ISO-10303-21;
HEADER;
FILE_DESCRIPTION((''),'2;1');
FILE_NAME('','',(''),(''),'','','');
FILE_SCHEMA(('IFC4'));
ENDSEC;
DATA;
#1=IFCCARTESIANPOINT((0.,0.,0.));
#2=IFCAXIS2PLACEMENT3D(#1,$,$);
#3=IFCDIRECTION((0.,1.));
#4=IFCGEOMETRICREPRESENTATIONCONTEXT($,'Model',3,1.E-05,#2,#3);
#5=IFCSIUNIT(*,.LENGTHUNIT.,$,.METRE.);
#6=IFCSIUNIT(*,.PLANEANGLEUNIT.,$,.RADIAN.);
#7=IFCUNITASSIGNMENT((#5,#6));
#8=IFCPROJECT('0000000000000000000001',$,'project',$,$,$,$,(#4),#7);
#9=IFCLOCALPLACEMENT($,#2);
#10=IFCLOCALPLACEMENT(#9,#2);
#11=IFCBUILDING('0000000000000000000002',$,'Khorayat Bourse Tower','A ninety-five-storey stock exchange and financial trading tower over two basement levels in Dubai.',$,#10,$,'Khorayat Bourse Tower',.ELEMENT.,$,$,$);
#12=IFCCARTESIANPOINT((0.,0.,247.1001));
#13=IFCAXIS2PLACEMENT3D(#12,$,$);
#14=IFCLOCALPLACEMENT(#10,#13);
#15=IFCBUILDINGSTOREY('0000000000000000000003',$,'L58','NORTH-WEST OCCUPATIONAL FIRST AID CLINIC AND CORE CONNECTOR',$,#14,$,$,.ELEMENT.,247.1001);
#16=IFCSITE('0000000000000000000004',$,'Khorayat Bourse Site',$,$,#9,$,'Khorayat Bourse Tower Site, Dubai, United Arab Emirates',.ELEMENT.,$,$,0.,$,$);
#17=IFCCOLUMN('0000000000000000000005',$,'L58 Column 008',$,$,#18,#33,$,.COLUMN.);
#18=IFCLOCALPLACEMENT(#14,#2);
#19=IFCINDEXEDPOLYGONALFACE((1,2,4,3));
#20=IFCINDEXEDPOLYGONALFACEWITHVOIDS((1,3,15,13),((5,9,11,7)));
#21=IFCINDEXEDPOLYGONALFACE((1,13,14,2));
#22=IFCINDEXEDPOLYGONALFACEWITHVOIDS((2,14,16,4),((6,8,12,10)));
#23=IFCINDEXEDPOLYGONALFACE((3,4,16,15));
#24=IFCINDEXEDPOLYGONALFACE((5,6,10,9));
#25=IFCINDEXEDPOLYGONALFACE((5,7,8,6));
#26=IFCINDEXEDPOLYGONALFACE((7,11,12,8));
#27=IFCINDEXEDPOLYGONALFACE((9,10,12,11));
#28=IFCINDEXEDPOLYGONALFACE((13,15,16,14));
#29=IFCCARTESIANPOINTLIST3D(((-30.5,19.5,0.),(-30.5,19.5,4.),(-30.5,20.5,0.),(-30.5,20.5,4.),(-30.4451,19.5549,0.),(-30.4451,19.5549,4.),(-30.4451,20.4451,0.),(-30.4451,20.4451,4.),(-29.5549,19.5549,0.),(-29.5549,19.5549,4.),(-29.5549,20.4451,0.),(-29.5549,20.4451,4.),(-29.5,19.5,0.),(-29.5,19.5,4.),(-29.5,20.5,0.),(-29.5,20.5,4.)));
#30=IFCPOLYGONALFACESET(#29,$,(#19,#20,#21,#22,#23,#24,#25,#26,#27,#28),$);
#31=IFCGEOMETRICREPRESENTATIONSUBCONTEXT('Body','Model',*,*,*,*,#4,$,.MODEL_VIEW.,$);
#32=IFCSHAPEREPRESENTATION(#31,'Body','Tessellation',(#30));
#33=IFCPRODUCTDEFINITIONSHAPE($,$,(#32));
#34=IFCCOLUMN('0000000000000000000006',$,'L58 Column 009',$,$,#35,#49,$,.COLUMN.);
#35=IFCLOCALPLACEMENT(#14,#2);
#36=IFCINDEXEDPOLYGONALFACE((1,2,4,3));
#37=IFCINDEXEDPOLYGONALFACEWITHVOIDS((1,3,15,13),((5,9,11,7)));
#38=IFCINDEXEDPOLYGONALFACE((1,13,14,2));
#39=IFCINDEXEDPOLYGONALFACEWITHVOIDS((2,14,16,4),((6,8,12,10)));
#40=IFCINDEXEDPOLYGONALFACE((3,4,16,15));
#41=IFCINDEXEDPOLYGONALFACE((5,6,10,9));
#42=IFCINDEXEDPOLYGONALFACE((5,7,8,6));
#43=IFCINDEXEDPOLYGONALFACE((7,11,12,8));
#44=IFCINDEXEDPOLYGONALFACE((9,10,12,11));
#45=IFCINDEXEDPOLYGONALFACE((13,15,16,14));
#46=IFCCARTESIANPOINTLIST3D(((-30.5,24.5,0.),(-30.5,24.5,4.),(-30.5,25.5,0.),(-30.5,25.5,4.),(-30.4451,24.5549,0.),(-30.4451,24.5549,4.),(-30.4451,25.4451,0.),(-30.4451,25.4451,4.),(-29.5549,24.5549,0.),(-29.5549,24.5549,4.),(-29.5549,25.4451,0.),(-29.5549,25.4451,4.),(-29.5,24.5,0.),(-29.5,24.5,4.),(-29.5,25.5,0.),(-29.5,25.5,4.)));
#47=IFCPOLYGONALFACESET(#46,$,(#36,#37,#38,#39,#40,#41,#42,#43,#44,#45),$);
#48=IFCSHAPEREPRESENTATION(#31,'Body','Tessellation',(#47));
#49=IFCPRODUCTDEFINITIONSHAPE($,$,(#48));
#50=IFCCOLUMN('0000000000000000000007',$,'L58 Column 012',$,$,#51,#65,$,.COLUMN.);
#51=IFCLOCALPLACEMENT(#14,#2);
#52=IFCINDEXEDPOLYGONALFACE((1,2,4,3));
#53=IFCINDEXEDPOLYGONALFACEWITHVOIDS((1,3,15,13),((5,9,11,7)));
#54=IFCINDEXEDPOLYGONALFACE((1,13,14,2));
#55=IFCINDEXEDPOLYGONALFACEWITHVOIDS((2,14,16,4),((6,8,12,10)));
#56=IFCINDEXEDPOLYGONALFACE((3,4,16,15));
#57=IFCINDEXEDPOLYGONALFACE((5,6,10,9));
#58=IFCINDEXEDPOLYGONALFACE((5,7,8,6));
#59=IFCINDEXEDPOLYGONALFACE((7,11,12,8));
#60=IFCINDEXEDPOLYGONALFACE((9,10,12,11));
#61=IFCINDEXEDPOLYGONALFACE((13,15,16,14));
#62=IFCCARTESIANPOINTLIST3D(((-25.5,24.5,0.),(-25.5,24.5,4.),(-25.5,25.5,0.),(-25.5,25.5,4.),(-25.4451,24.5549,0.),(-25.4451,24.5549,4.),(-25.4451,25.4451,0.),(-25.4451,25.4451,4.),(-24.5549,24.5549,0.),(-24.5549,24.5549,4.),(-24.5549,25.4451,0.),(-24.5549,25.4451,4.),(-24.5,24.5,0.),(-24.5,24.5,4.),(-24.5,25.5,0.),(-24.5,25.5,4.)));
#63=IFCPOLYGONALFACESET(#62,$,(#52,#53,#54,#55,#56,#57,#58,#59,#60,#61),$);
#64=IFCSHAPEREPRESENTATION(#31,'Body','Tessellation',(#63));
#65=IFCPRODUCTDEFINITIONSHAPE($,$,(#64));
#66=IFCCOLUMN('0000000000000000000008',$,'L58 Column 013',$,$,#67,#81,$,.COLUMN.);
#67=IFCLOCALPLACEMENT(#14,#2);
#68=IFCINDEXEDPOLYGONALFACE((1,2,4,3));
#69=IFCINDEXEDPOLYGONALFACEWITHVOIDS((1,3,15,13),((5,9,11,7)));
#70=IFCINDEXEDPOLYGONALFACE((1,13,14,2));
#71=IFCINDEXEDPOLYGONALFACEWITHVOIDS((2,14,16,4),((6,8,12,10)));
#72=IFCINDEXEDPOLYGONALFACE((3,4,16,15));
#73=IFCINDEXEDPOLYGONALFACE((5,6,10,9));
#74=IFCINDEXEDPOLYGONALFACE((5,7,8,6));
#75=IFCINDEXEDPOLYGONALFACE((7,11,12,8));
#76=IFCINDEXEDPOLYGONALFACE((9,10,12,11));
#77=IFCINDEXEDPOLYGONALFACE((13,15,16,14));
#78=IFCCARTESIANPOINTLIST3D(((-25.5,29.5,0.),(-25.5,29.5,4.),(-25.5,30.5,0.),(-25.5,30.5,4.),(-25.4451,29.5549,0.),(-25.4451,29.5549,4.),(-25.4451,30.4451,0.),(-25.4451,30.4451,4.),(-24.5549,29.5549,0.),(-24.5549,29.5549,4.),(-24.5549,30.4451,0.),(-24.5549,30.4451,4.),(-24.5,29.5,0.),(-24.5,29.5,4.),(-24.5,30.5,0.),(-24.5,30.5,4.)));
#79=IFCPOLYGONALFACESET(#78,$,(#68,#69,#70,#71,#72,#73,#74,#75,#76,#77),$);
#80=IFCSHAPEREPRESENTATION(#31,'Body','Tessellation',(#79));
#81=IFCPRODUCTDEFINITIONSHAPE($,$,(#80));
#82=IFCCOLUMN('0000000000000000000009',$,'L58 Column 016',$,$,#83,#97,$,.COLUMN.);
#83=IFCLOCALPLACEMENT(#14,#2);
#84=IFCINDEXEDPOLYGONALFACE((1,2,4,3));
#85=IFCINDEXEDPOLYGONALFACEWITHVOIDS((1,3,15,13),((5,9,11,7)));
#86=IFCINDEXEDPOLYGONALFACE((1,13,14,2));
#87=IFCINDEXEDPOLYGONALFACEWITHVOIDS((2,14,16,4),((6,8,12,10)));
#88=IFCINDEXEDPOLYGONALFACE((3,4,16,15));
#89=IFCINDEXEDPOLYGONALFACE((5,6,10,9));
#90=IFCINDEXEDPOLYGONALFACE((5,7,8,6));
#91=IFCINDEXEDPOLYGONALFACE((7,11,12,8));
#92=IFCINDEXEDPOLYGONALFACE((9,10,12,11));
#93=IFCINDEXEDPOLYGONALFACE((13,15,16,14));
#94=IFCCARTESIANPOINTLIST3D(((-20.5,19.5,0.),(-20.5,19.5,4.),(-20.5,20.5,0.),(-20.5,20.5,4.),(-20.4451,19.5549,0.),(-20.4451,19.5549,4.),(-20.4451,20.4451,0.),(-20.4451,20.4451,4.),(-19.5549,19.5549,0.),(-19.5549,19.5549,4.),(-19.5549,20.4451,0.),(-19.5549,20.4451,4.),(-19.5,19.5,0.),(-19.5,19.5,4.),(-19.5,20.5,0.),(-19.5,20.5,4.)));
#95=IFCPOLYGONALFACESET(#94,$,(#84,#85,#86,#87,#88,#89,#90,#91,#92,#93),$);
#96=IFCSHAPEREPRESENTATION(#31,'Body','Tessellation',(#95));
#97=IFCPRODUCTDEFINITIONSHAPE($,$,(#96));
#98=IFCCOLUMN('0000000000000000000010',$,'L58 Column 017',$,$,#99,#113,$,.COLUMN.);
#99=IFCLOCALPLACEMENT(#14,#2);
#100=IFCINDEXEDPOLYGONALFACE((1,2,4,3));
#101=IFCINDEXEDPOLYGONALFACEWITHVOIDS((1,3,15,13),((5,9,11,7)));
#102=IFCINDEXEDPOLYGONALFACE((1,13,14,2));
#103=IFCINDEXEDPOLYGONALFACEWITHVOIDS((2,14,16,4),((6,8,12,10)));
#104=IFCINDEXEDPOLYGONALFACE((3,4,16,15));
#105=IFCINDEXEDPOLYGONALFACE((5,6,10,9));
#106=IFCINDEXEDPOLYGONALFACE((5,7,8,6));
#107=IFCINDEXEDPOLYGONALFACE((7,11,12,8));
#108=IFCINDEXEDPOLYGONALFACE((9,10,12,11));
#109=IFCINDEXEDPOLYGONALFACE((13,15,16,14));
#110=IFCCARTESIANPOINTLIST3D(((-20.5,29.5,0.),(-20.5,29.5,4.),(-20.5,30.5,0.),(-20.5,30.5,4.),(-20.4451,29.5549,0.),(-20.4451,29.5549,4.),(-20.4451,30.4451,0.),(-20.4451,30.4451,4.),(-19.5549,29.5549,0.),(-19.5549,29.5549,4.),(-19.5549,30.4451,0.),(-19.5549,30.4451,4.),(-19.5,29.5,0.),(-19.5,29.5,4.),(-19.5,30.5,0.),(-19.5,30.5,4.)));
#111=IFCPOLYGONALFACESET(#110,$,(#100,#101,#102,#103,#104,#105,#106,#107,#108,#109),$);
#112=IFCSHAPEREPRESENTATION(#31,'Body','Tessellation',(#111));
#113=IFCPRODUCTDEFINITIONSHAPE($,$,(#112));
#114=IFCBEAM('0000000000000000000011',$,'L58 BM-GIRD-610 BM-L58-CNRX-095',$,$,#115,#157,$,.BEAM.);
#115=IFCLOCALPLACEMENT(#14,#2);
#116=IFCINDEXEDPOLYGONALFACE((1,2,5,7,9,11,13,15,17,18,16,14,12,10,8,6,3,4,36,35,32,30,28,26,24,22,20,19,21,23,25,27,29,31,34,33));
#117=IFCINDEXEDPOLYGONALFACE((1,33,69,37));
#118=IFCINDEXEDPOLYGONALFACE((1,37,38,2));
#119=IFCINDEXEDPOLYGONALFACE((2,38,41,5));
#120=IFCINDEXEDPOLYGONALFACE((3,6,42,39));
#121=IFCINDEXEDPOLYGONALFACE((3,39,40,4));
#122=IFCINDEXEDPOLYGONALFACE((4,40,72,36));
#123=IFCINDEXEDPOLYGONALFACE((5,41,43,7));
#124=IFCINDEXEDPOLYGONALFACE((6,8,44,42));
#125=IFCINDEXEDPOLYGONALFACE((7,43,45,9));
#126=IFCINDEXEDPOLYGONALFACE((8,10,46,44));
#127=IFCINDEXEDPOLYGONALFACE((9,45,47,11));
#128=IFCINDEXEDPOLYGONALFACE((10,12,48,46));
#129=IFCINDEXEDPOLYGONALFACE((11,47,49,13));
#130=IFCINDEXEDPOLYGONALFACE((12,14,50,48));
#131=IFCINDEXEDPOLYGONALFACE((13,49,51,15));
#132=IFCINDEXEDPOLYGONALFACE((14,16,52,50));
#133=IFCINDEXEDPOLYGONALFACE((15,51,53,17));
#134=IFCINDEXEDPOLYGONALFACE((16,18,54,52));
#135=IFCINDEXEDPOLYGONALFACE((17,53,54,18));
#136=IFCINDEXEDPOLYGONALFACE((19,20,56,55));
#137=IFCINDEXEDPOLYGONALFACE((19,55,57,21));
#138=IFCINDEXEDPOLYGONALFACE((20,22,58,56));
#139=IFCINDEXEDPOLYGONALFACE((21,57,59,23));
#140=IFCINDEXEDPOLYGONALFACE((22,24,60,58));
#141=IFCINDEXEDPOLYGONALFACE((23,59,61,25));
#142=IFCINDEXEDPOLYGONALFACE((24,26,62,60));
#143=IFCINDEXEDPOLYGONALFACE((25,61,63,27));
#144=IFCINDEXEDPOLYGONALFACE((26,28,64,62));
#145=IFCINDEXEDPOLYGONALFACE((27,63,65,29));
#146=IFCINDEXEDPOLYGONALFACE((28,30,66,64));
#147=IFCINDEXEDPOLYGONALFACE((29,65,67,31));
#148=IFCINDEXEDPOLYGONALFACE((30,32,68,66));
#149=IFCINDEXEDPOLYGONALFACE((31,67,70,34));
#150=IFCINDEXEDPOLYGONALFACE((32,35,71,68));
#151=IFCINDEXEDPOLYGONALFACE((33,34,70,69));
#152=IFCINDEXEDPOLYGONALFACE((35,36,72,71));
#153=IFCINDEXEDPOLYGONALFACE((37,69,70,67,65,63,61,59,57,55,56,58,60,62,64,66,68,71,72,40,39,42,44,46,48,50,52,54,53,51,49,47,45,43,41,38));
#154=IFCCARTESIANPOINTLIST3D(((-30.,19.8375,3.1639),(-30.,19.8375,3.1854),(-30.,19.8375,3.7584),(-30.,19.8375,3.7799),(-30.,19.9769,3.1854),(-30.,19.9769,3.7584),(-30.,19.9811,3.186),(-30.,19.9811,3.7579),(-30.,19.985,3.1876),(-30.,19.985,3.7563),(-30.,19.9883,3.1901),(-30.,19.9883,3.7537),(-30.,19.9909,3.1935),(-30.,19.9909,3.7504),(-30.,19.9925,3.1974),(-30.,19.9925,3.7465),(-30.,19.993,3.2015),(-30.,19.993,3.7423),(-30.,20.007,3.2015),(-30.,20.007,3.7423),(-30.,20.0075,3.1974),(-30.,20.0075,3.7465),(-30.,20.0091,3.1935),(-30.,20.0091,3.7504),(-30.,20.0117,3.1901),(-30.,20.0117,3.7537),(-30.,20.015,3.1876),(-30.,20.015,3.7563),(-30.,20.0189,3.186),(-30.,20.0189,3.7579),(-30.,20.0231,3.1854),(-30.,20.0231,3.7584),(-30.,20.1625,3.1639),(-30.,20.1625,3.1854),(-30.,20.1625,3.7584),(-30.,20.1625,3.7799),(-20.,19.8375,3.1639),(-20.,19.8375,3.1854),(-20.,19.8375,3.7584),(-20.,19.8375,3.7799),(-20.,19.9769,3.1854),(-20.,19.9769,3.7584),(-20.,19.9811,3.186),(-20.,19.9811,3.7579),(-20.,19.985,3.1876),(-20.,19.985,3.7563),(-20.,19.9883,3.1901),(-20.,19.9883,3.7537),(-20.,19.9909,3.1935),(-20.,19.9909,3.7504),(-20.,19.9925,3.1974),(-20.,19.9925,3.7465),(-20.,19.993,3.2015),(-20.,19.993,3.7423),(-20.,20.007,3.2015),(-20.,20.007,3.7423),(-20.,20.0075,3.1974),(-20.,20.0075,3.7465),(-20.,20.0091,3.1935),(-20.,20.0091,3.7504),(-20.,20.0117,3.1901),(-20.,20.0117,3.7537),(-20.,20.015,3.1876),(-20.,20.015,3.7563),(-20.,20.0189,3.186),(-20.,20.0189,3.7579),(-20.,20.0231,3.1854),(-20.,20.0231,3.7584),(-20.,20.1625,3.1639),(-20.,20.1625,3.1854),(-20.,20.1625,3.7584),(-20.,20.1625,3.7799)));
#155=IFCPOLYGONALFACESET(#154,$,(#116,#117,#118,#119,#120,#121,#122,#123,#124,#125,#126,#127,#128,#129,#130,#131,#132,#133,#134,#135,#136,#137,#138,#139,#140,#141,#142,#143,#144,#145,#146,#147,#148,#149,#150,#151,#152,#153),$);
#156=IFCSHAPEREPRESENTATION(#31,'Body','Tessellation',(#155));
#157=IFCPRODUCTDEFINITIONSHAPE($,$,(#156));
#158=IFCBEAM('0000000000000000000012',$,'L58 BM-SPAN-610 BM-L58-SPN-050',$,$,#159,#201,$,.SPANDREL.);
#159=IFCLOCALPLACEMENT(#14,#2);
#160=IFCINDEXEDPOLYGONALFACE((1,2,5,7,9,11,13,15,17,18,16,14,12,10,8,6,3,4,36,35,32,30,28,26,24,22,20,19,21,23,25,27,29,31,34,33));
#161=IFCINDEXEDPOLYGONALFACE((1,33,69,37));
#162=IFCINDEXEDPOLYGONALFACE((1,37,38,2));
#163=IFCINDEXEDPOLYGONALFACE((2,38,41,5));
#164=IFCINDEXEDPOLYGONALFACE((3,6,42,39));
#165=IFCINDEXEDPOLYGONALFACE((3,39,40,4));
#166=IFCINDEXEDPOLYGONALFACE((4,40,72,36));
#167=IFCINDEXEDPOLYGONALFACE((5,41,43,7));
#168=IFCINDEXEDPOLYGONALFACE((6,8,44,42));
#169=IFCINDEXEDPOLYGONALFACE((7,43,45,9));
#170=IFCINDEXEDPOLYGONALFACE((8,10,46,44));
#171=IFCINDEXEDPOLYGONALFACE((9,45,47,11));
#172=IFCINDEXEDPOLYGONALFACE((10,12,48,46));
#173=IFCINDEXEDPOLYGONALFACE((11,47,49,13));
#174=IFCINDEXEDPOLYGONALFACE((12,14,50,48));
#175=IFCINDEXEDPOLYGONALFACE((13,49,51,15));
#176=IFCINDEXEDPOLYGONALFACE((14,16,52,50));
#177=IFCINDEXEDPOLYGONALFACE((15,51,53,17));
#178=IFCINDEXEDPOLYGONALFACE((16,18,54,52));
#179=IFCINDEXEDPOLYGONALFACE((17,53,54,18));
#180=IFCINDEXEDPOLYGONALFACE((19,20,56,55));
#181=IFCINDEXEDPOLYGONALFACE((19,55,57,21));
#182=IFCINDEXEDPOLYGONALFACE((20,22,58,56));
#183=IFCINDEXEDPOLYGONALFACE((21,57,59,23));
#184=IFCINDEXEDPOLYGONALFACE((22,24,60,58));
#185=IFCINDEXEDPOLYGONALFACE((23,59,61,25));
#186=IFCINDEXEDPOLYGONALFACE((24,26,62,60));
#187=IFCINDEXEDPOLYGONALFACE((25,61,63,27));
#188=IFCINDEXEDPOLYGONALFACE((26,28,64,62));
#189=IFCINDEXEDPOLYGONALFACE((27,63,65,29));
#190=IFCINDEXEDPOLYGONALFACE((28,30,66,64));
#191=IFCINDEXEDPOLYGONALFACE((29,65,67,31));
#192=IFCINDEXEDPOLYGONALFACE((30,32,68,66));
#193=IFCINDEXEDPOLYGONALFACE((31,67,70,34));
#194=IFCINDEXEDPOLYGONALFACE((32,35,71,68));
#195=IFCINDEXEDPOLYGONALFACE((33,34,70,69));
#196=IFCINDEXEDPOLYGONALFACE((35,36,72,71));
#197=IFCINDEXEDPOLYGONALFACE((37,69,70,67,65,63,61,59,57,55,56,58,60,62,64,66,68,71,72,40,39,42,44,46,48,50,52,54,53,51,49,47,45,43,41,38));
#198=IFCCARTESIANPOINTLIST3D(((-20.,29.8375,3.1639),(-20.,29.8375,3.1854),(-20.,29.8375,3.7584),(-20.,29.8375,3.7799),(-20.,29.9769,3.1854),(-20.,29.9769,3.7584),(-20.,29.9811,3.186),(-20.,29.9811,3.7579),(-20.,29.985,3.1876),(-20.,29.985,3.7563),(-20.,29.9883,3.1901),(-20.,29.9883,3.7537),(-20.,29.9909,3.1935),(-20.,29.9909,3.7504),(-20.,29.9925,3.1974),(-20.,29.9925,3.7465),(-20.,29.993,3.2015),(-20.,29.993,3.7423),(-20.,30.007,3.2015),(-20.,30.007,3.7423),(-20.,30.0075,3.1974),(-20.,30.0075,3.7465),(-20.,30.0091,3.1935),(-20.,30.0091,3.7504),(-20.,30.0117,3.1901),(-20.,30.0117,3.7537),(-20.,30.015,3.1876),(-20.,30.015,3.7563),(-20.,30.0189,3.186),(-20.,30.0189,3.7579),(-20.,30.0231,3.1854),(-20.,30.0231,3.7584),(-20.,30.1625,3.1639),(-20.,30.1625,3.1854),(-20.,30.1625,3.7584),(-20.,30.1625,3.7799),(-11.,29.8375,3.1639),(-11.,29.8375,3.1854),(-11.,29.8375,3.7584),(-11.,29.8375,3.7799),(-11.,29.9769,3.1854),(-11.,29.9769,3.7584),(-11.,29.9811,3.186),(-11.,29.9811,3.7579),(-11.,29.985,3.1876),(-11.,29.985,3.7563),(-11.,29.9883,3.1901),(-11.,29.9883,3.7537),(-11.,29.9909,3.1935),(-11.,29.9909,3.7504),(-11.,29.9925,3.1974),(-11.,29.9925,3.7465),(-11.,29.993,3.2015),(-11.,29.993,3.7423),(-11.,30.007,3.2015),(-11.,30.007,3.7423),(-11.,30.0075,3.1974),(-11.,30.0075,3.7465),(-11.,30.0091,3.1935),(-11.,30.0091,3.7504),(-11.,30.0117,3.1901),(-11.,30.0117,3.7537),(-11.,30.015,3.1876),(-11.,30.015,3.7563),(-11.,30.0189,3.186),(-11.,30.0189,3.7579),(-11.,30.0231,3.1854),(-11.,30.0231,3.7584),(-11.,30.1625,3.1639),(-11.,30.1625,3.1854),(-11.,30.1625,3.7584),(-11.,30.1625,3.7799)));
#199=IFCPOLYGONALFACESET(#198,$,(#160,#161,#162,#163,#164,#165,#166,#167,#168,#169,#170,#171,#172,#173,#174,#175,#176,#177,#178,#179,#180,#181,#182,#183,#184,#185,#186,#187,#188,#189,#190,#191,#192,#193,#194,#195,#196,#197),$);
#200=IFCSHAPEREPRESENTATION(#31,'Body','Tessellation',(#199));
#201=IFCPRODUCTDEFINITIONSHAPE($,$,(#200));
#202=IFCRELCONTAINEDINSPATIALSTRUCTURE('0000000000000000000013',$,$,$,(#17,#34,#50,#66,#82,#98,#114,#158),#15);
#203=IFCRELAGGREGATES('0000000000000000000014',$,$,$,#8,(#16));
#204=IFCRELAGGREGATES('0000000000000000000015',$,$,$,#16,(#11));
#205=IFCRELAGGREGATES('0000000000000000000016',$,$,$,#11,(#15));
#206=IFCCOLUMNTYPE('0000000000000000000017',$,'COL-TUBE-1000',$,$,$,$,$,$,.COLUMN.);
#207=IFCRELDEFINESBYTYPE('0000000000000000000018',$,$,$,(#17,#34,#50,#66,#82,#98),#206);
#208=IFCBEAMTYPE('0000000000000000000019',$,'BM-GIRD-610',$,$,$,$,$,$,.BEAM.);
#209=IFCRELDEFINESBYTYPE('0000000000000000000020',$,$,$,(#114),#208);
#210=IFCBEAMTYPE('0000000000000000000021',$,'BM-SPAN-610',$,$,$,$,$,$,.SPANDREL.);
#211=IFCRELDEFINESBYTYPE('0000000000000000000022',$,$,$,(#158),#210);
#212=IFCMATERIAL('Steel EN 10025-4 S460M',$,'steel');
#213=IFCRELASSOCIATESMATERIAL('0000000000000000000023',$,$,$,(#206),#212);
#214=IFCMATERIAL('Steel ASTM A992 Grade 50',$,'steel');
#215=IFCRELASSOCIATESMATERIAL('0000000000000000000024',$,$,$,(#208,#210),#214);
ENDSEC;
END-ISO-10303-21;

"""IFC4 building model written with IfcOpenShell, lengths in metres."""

from ifc_helpers import new_model, si_unit, direction, frame, origin, origin_2d, place, context, subcontext, project, spatial, hollow_rectangle, i_section, extrude, source, transform, mapped, material, material_profile, profile_set, type_object, element, save


model = new_model("IFC4")

# Units and contexts
model_context = context("Model", 3, precision=1e-05, world=origin(), true_north=direction((0.0, 1.0)))
body_context = subcontext(model_context, "Body", "Model", "MODEL_VIEW")
ifc_project = project(units=[si_unit("LENGTHUNIT", "METRE"), si_unit("PLANEANGLEUNIT", "RADIAN")], contexts=[model_context])

# Site, building, storey
site_placement = place(None, origin())
site = spatial("IfcSite", under=ifc_project, at=site_placement, Name="Khorayat Bourse Site", LongName="Khorayat Bourse Tower Site, Dubai, United Arab Emirates", CompositionType="ELEMENT", RefElevation=0.0)
building_placement = place(site_placement, origin())
building = spatial("IfcBuilding", under=site, at=building_placement, Name="Khorayat Bourse Tower", Description="A ninety-five-storey stock exchange and financial trading tower over two basement levels in Dubai.", LongName="Khorayat Bourse Tower", CompositionType="ELEMENT")
storey_placement = place(building_placement, frame((0.0, 0.0, 247.1001)))
storey = spatial("IfcBuildingStorey", under=building, at=storey_placement, Name="L58", Description="NORTH-WEST OCCUPATIONAL FIRST AID CLINIC AND CORE CONNECTOR", CompositionType="ELEMENT", Elevation=247.1001)

# Columns
ifc_material_1 = material(Name="Steel EN 10025-4 S460M", Category="steel")
ifc_material_profile_1 = material_profile(ifc_material_1, hollow_rectangle(XDim=1.0, YDim=1.0, WallThickness=0.0549, at=origin_2d()), Name="BOX 1000x1000x55")
ifc_profile_set_1 = profile_set([ifc_material_profile_1], Name="Steel EN 10025-4 S460M")
column_type = type_object("IfcColumnType", Name="COL-TUBE-1000", PredefinedType="COLUMN", material=ifc_profile_set_1)
shared_shape_1 = source(origin(), body_context, "Body", "SweptSolid", [
    extrude(hollow_rectangle(XDim=1.0, YDim=1.0, WallThickness=0.0549, at=origin_2d()), origin(), (0.0, 0.0, 1.0), 4.0),
])
for number, where, z_axis, x_axis, name in (
    (1, (-30.0, 20.0, 0.0), (0.0, 0.0, 1.0), (1.0, 0.0, 0.0), "L58 Column 008"),
    (2, (-30.0, 25.0, 0.0), (0.0, 0.0, 1.0), (1.0, 0.0, 0.0), "L58 Column 009"),
    (3, (-25.0, 25.0, 0.0), (0.0, 0.0, 1.0), (1.0, 0.0, 0.0), "L58 Column 012"),
    (4, (-25.0, 30.0, 0.0), (0.0, 0.0, 1.0), (1.0, 0.0, 0.0), "L58 Column 013"),
    (5, (-20.0, 20.0, 0.0), (0.0, 0.0, 1.0), (1.0, 0.0, 0.0), "L58 Column 016"),
    (6, (-20.0, 30.0, 0.0), (0.0, 0.0, 1.0), (1.0, 0.0, 0.0), "L58 Column 017"),
):
    element("IfcColumn", number, at=place(storey_placement, frame(where, z_axis=z_axis, x_axis=x_axis)), inside=storey, type_object=column_type, Name=name, PredefinedType="COLUMN", context=body_context, shape_type="MappedRepresentation", body=[
        mapped(shared_shape_1, transform((0.0, 0.0, 0.0), scale=1.0)),
    ])

# Beams
ifc_material_2 = material(Name="Steel ASTM A992 Grade 50", Category="steel")
ifc_material_profile_2 = material_profile(ifc_material_2, i_section(OverallWidth=0.325, OverallDepth=0.616, WebThickness=0.0139, FlangeThickness=0.0215, FilletRadius=0.0161, at=origin_2d()), Name="W610X174")
ifc_profile_set_2 = profile_set([ifc_material_profile_2], Name="Steel ASTM A992 Grade 50")
beam_type_1 = type_object("IfcBeamType", Name="BM-GIRD-610", PredefinedType="BEAM", material=ifc_profile_set_2)
shared_shape_2 = source(origin(), body_context, "Body", "SweptSolid", [
    extrude(i_section(OverallWidth=0.325, OverallDepth=0.616, WebThickness=0.0139, FlangeThickness=0.0215, FilletRadius=0.0161, at=origin_2d()), origin(), (0.0, 0.0, 1.0), 10.0),
])
beam_1_placement = place(storey_placement, frame((-30.0, 20.0, 3.4719), z_axis=(1.0, 0.0, 0.0), x_axis=(0.0, 1.0, 0.0)))
element("IfcBeam", 7, at=beam_1_placement, inside=storey, type_object=beam_type_1, Name="L58 BM-GIRD-610 BM-L58-CNRX-095", PredefinedType="BEAM", context=body_context, shape_type="MappedRepresentation", body=[
    mapped(shared_shape_2, transform((0.0, 0.0, 0.0), scale=1.0)),
])
ifc_material_profile_3 = material_profile(ifc_material_2, i_section(OverallWidth=0.325, OverallDepth=0.616, WebThickness=0.0139, FlangeThickness=0.0215, FilletRadius=0.0161, at=origin_2d()), Name="W610X174")
ifc_profile_set_3 = profile_set([ifc_material_profile_3], Name="Steel ASTM A992 Grade 50")
beam_type_2 = type_object("IfcBeamType", Name="BM-SPAN-610", PredefinedType="SPANDREL", material=ifc_profile_set_3)
shared_shape_3 = source(origin(), body_context, "Body", "SweptSolid", [
    extrude(i_section(OverallWidth=0.325, OverallDepth=0.616, WebThickness=0.0139, FlangeThickness=0.0215, FilletRadius=0.0161, at=origin_2d()), origin(), (0.0, 0.0, 1.0), 9.0),
])
beam_2_placement = place(storey_placement, frame((-20.0, 30.0, 3.4719), z_axis=(1.0, 0.0, 0.0), x_axis=(0.0, 1.0, 0.0)))
element("IfcBeam", 8, at=beam_2_placement, inside=storey, type_object=beam_type_2, Name="L58 BM-SPAN-610 BM-L58-SPN-050", PredefinedType="SPANDREL", context=body_context, shape_type="MappedRepresentation", body=[
    mapped(shared_shape_3, transform((0.0, 0.0, 0.0), scale=1.0)),
])

save(model, "model.ifc")
